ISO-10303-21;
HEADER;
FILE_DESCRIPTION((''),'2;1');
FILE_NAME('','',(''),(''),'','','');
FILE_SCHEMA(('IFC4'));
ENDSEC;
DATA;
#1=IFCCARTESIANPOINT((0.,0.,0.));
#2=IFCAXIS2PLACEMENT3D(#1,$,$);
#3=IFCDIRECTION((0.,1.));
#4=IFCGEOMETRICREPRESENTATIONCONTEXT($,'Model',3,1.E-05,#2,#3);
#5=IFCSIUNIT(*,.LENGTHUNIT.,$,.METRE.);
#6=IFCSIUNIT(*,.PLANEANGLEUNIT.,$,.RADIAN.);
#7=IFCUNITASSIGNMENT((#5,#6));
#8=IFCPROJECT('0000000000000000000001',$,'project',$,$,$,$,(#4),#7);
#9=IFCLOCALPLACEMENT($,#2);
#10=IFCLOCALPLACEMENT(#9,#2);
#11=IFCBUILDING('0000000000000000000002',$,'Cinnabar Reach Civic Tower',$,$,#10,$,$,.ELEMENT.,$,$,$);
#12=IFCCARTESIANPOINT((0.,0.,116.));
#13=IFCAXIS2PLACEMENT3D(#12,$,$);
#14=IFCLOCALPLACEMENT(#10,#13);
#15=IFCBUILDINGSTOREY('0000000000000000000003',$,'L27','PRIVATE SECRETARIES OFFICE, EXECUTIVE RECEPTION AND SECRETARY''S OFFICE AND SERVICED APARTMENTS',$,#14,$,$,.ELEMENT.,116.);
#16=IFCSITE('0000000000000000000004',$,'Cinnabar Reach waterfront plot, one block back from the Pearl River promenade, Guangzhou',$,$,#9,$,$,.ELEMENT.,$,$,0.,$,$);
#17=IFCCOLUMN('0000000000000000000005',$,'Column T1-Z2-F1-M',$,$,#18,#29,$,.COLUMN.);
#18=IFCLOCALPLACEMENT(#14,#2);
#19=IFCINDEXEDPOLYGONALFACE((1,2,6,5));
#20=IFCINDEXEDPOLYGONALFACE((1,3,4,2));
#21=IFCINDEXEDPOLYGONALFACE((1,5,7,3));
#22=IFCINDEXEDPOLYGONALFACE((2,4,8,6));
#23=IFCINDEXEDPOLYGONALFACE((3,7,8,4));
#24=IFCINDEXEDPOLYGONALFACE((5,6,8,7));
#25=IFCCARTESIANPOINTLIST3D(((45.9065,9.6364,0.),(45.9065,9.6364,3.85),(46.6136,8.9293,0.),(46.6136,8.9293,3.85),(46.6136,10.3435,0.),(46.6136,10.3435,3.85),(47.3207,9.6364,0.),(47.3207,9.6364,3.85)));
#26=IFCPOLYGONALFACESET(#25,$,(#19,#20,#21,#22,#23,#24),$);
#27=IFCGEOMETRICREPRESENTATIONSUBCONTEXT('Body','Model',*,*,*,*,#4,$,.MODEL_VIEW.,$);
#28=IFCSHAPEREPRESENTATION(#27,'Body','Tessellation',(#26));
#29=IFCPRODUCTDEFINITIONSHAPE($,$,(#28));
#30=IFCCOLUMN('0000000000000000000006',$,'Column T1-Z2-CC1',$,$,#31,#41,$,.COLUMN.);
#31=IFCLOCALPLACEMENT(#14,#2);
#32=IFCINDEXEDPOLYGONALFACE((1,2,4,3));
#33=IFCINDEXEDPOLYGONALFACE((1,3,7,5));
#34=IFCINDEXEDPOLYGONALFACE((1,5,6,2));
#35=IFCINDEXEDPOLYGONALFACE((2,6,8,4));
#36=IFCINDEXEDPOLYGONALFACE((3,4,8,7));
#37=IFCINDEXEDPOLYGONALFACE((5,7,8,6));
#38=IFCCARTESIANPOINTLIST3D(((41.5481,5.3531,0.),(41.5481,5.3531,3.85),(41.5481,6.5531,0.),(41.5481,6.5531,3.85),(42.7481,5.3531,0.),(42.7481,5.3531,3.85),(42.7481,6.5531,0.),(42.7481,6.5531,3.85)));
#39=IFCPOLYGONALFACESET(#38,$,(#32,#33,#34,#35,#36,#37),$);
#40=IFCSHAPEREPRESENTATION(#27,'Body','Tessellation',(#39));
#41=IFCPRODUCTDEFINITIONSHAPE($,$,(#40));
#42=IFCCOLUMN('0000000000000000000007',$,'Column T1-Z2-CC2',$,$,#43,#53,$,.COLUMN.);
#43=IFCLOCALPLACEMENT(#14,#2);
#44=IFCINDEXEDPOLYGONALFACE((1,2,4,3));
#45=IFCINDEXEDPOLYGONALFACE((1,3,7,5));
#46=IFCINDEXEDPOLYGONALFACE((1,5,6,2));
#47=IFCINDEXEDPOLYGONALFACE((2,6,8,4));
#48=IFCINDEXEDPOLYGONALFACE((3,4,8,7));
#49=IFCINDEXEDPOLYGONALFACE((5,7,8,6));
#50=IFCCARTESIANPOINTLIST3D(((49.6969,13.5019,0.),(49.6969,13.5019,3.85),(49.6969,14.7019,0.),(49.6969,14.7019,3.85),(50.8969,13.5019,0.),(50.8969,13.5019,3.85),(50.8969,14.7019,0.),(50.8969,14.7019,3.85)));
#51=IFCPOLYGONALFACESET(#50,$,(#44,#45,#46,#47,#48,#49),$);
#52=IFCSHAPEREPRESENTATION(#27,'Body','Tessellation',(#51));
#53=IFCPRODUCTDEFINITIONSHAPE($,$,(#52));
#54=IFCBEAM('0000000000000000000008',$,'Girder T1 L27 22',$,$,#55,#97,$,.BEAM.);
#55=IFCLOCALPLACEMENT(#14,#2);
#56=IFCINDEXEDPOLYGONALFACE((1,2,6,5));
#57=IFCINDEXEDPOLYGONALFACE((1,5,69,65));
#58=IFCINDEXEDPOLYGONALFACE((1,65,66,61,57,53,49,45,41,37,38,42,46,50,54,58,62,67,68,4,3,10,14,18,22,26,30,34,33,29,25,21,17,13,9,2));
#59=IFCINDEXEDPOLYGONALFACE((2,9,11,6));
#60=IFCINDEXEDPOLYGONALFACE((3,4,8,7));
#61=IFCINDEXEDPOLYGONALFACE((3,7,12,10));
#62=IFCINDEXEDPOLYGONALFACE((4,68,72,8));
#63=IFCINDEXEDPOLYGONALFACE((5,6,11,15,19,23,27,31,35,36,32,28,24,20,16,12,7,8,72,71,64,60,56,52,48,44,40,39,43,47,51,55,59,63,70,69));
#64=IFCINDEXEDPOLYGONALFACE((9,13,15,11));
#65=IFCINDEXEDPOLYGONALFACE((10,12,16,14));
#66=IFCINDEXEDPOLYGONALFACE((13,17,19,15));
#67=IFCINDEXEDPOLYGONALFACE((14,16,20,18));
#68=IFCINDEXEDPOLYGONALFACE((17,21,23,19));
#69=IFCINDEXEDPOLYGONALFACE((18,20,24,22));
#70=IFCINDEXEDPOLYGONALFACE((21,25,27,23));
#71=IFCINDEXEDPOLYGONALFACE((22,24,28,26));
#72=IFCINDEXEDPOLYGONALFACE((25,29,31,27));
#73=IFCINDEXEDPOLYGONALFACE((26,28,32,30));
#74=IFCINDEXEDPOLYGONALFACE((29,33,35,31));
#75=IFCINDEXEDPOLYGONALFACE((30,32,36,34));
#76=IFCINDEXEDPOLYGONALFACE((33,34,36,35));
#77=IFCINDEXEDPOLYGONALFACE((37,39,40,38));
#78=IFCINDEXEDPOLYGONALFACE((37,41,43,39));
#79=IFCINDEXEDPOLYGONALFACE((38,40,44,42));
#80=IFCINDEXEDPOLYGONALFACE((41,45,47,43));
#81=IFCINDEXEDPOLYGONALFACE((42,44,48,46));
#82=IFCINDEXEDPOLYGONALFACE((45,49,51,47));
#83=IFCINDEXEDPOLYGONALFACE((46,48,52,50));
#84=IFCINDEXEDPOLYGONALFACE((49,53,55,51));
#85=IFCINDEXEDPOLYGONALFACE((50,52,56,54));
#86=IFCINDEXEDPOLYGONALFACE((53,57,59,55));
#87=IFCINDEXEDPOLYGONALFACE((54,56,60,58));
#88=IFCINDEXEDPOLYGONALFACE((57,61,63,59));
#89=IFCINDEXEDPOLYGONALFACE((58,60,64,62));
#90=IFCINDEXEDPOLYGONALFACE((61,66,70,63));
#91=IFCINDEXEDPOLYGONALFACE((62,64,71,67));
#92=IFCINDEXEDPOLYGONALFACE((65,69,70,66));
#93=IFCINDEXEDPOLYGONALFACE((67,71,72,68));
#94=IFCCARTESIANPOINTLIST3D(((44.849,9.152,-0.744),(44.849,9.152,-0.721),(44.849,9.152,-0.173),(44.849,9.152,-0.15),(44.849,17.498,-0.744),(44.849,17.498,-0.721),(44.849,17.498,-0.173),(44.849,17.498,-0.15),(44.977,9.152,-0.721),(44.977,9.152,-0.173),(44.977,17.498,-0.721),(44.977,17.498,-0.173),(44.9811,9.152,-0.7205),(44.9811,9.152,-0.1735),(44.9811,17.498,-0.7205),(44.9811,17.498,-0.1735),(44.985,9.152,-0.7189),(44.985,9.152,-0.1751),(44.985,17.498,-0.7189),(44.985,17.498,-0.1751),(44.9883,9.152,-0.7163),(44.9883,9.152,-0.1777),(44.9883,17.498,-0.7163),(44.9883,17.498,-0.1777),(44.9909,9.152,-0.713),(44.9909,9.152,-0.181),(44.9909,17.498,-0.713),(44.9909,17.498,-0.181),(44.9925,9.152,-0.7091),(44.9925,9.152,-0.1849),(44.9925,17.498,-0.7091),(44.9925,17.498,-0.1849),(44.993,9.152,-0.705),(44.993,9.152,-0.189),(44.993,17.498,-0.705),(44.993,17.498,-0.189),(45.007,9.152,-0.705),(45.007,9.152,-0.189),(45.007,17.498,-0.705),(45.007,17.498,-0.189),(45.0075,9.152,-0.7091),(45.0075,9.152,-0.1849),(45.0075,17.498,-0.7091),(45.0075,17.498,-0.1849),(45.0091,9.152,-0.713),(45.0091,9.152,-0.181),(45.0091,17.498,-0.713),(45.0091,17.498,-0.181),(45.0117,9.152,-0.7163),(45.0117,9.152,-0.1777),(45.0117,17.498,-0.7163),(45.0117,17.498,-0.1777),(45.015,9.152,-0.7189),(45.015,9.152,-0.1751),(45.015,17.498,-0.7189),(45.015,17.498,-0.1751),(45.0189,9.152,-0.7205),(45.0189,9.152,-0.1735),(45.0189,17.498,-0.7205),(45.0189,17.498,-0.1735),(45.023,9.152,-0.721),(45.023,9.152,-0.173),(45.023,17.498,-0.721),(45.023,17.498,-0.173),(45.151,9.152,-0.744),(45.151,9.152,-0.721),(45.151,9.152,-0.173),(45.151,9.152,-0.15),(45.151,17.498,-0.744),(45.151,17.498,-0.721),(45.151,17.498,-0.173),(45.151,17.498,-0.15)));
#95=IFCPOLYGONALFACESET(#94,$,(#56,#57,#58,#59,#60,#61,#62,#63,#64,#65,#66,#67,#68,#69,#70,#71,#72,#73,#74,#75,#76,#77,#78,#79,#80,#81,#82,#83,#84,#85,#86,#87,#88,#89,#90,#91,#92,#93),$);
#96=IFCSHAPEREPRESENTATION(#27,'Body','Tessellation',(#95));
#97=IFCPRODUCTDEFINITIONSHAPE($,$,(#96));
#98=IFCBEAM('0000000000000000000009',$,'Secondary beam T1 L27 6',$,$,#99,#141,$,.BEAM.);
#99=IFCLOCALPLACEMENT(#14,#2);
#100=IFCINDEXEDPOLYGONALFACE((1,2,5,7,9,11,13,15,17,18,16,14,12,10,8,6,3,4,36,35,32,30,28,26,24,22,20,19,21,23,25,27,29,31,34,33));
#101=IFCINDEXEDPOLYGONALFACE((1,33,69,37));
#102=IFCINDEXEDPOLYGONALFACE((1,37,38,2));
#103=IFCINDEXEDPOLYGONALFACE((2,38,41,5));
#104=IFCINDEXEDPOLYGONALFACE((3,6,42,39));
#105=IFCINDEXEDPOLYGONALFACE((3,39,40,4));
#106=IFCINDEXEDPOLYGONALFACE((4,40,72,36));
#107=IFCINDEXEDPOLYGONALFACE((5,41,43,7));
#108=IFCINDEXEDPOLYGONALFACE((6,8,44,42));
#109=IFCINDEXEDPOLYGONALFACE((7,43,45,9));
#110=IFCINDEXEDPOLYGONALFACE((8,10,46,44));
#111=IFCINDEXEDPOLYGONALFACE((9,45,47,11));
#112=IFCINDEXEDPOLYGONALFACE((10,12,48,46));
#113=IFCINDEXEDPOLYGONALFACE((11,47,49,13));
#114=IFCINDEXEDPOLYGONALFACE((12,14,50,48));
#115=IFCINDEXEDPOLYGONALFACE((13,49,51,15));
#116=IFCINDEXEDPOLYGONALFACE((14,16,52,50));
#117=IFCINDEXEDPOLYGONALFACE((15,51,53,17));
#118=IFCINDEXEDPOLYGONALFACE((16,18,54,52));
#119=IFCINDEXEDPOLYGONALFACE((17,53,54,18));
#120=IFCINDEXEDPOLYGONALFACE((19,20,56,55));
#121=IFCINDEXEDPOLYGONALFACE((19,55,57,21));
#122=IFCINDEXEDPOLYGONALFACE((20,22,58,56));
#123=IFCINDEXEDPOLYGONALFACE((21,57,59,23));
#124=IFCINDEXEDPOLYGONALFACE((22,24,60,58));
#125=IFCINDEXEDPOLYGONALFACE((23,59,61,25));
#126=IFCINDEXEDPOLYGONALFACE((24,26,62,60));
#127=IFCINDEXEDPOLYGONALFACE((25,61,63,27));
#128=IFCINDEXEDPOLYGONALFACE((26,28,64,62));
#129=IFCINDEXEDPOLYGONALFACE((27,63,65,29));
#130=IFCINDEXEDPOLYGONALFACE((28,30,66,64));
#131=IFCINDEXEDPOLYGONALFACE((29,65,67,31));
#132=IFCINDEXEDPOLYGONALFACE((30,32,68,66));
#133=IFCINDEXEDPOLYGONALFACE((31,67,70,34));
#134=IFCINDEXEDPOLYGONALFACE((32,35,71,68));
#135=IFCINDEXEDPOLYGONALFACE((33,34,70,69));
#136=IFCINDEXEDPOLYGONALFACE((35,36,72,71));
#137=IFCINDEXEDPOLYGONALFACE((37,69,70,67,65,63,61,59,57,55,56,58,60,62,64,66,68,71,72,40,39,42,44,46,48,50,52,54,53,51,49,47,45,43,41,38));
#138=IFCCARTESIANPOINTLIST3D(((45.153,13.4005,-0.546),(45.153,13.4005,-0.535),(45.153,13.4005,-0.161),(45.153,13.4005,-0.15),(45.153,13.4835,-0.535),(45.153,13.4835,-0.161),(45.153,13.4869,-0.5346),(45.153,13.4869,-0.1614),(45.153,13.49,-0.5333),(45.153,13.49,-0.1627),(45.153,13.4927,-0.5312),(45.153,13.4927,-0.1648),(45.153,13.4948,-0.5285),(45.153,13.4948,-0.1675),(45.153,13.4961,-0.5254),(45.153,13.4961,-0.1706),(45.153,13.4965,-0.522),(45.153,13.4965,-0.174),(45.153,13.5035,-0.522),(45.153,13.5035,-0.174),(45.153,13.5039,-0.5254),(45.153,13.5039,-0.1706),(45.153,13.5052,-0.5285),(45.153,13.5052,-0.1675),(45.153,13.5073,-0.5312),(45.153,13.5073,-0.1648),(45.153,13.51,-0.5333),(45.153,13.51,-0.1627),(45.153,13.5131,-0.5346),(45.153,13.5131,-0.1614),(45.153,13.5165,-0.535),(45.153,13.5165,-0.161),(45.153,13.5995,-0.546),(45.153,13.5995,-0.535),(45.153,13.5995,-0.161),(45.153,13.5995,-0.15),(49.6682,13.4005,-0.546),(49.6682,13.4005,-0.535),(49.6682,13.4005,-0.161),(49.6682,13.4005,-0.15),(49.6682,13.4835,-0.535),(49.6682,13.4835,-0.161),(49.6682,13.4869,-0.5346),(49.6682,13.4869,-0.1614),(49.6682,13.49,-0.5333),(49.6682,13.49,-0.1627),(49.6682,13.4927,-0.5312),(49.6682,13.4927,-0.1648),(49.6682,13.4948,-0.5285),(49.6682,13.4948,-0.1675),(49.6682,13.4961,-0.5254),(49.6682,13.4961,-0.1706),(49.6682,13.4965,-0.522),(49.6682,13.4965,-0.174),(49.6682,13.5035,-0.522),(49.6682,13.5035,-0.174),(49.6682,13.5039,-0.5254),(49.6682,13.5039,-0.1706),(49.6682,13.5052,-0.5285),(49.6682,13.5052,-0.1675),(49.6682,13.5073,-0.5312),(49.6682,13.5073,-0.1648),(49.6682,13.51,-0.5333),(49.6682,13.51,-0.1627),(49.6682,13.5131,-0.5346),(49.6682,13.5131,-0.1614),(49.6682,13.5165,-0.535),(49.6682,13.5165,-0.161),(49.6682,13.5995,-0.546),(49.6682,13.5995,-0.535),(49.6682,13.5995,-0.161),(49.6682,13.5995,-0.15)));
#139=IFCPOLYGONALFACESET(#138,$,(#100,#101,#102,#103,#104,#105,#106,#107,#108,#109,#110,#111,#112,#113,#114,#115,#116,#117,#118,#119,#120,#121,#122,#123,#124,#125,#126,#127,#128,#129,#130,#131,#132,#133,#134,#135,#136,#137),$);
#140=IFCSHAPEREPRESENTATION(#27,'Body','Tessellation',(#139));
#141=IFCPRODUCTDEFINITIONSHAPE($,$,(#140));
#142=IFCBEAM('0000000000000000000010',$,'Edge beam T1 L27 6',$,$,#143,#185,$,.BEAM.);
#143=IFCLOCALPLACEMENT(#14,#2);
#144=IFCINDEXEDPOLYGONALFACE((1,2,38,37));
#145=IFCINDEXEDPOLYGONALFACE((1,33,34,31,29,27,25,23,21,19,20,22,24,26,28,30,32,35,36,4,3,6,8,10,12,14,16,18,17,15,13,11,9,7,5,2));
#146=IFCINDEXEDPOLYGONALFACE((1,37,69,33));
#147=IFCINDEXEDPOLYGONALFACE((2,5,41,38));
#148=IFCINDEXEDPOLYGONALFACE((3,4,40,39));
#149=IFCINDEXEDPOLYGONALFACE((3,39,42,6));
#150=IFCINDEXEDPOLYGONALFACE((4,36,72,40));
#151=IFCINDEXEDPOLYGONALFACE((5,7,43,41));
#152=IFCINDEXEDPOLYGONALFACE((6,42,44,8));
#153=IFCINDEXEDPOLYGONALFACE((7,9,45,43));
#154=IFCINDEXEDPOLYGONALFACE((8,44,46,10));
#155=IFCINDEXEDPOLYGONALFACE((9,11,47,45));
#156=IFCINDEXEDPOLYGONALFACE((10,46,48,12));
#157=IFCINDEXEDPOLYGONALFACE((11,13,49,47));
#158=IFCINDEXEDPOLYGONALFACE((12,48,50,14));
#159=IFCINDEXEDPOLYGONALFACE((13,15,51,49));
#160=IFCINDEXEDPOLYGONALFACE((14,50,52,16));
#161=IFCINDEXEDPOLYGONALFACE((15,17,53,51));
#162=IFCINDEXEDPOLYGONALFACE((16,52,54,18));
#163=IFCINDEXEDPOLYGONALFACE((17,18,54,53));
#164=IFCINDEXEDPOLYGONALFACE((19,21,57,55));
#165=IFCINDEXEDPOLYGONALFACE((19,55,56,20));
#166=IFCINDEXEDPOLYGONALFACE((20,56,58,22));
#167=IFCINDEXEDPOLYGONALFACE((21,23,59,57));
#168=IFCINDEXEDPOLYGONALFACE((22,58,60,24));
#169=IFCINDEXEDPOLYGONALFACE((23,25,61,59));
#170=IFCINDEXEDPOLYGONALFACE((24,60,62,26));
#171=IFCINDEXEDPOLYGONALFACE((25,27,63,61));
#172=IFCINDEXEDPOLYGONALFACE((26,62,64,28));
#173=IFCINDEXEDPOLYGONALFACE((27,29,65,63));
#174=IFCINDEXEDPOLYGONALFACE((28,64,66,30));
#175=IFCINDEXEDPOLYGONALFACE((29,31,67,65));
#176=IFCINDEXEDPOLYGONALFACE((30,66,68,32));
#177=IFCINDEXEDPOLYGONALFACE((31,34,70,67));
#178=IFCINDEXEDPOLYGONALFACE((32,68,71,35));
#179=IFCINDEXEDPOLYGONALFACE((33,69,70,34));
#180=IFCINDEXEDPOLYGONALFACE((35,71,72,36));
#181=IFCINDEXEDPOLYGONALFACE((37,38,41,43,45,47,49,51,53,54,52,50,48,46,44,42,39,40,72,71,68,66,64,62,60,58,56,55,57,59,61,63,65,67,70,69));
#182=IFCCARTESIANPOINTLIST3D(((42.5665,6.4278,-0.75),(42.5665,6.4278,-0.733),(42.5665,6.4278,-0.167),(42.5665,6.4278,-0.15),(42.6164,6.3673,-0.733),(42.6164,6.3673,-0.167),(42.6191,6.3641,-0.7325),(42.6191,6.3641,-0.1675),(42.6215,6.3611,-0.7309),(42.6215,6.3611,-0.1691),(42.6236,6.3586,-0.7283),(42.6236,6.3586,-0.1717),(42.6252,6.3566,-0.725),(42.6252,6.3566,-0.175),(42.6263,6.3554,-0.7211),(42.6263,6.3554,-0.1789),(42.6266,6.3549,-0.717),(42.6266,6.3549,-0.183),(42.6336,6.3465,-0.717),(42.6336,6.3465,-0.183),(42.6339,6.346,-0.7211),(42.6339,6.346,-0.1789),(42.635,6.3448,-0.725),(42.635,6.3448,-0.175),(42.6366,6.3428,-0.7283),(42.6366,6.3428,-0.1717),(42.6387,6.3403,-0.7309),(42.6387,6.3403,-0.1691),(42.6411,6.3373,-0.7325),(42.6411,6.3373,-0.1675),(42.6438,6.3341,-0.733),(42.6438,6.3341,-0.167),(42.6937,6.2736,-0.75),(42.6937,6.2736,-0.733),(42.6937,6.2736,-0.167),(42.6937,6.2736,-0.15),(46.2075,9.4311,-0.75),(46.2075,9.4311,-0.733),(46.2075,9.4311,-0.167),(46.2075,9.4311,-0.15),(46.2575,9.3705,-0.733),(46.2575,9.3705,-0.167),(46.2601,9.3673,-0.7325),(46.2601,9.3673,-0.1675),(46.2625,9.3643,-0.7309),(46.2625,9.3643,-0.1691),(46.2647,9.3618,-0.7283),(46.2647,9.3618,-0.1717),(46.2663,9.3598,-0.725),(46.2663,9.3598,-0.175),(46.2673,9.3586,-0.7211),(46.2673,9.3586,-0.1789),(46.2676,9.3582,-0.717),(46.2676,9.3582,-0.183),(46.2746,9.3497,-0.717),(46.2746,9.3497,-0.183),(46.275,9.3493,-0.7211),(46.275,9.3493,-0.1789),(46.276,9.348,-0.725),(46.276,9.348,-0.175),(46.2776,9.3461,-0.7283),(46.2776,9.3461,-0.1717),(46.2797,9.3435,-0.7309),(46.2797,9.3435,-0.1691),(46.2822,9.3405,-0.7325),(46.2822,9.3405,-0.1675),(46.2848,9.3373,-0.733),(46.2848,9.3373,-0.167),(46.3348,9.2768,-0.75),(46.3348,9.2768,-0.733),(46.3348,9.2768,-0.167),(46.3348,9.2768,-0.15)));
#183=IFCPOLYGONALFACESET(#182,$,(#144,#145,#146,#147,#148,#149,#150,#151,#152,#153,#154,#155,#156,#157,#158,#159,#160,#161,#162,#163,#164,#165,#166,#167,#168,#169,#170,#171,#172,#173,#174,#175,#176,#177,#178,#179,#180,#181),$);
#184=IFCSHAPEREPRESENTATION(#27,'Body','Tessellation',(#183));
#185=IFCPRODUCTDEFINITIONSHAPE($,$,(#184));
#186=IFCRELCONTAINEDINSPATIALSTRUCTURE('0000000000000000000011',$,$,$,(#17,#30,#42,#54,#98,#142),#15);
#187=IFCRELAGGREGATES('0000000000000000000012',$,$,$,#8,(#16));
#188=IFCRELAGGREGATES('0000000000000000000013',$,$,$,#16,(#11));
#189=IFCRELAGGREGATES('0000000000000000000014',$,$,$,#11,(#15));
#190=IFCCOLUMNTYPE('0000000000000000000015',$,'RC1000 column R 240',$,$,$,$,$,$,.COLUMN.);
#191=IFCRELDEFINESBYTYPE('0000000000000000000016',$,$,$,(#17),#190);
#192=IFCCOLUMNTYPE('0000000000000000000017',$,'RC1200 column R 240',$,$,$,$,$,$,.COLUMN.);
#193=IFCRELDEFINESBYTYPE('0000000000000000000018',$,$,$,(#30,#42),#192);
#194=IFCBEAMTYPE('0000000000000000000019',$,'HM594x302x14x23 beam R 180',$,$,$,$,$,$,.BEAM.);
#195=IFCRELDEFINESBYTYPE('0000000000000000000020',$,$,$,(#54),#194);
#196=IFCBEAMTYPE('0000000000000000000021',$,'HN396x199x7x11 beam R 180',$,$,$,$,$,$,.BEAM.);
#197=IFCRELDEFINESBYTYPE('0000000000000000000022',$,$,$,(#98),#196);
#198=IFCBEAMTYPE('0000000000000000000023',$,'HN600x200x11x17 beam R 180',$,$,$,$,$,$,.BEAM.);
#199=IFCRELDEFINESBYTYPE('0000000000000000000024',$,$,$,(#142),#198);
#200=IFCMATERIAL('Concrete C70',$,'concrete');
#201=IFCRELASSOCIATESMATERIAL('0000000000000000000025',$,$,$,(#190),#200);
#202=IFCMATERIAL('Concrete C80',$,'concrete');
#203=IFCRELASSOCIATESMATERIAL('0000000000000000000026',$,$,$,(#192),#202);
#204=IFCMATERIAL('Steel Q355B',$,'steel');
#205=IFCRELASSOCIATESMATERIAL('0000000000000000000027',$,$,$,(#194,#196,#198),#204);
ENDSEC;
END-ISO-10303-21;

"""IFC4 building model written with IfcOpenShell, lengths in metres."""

from ifc_helpers import new_model, si_unit, direction, frame, origin, origin_2d, place, context, subcontext, project, spatial, rectangle, i_section, extrude, material, material_profile, profile_set, type_object, element, save


model = new_model("IFC4")

# Units and contexts
model_context = context("Model", 3, precision=1e-05, world=origin(), true_north=direction((0.0, 1.0)))
body_context = subcontext(model_context, "Body", "Model", "MODEL_VIEW")
ifc_project = project(units=[si_unit("LENGTHUNIT", "METRE"), si_unit("PLANEANGLEUNIT", "RADIAN")], contexts=[model_context])

# Site, building, storey
site_placement = place(None, origin())
site = spatial("IfcSite", under=ifc_project, at=site_placement, Name="Cinnabar Reach waterfront plot, one block back from the Pearl River promenade, Guangzhou", CompositionType="ELEMENT", RefElevation=0.0)
building_placement = place(site_placement, origin())
building = spatial("IfcBuilding", under=site, at=building_placement, Name="Cinnabar Reach Civic Tower", CompositionType="ELEMENT")
storey_placement = place(building_placement, frame((0.0, 0.0, 116.0)))
storey = spatial("IfcBuildingStorey", under=building, at=storey_placement, Name="L27", Description="PRIVATE SECRETARIES OFFICE, EXECUTIVE RECEPTION AND SECRETARY'S OFFICE AND SERVICED APARTMENTS", CompositionType="ELEMENT", Elevation=116.0)

# Columns
ifc_material_1 = material(Name="Concrete C70", Category="concrete")
ifc_material_profile_1 = material_profile(ifc_material_1, rectangle(XDim=1.0, YDim=1.0, at=origin_2d()), Name="RC1000")
ifc_profile_set_1 = profile_set([ifc_material_profile_1], Name="Concrete C70")
column_type_1 = type_object("IfcColumnType", Name="RC1000 column R 240", PredefinedType="COLUMN", material=ifc_profile_set_1)
column_placement = place(storey_placement, frame((46.6136, 9.6364, 0.0), z_axis=(0.0, 0.0, 1.0), x_axis=(0.707107, 0.707107, 0.0)))
element("IfcColumn", 1, at=column_placement, inside=storey, type_object=column_type_1, Name="Column T1-Z2-F1-M", PredefinedType="COLUMN", context=body_context, shape_type="SweptSolid", body=[
    extrude(rectangle(XDim=1.0, YDim=1.0, at=origin_2d()), origin(), (0.0, 0.0, 1.0), 3.85),
])
ifc_material_2 = material(Name="Concrete C80", Category="concrete")
ifc_material_profile_2 = material_profile(ifc_material_2, rectangle(XDim=1.2, YDim=1.2, at=origin_2d()), Name="RC1200")
ifc_profile_set_2 = profile_set([ifc_material_profile_2], Name="Concrete C80")
column_type_2 = type_object("IfcColumnType", Name="RC1200 column R 240", PredefinedType="COLUMN", material=ifc_profile_set_2)
for number, where, z_axis, x_axis, name in (
    (2, (42.1481, 5.9531, 0.0), (0.0, 0.0, 1.0), (1.0, 0.0, 0.0), "Column T1-Z2-CC1"),
    (3, (50.2969, 14.1019, 0.0), (0.0, 0.0, 1.0), (1.0, 0.0, 0.0), "Column T1-Z2-CC2"),
):
    element("IfcColumn", number, at=place(storey_placement, frame(where, z_axis=z_axis, x_axis=x_axis)), inside=storey, type_object=column_type_2, Name=name, PredefinedType="COLUMN", context=body_context, shape_type="SweptSolid", body=[
        extrude(rectangle(XDim=1.2, YDim=1.2, at=origin_2d()), origin(), (0.0, 0.0, 1.0), 3.85),
    ])

# Beams
ifc_material_3 = material(Name="Steel Q355B", Category="steel")
ifc_material_profile_3 = material_profile(ifc_material_3, i_section(OverallWidth=0.302, OverallDepth=0.594, WebThickness=0.014, FlangeThickness=0.023, FilletRadius=0.016, at=origin_2d()), Name="HM594x302x14x23")
ifc_profile_set_3 = profile_set([ifc_material_profile_3], Name="Steel Q355B")
beam_type_1 = type_object("IfcBeamType", Name="HM594x302x14x23 beam R 180", PredefinedType="BEAM", material=ifc_profile_set_3)
beam_1_placement = place(storey_placement, frame((45.0, 9.152, -0.447), z_axis=(0.0, 1.0, 0.0), x_axis=(-1.0, 0.0, 0.0)))
element("IfcBeam", 4, at=beam_1_placement, inside=storey, type_object=beam_type_1, Name="Girder T1 L27 22", PredefinedType="BEAM", context=body_context, shape_type="SweptSolid", body=[
    extrude(i_section(OverallWidth=0.302, OverallDepth=0.594, WebThickness=0.014, FlangeThickness=0.023, FilletRadius=0.016, at=origin_2d()), origin(), (0.0, 0.0, 1.0), 8.346),
])
ifc_material_profile_4 = material_profile(ifc_material_3, i_section(OverallWidth=0.199, OverallDepth=0.396, WebThickness=0.007, FlangeThickness=0.011, FilletRadius=0.013, at=origin_2d()), Name="HN396x199x7x11")
ifc_profile_set_4 = profile_set([ifc_material_profile_4], Name="Steel Q355B")
beam_type_2 = type_object("IfcBeamType", Name="HN396x199x7x11 beam R 180", PredefinedType="BEAM", material=ifc_profile_set_4)
beam_2_placement = place(storey_placement, frame((45.153, 13.5, -0.348), z_axis=(1.0, 0.0, 0.0), x_axis=(0.0, 1.0, 0.0)))
element("IfcBeam", 5, at=beam_2_placement, inside=storey, type_object=beam_type_2, Name="Secondary beam T1 L27 6", PredefinedType="BEAM", context=body_context, shape_type="SweptSolid", body=[
    extrude(i_section(OverallWidth=0.199, OverallDepth=0.396, WebThickness=0.007, FlangeThickness=0.011, FilletRadius=0.013, at=origin_2d()), origin(), (0.0, 0.0, 1.0), 4.5152),
])
ifc_material_profile_5 = material_profile(ifc_material_3, i_section(OverallWidth=0.2, OverallDepth=0.6, WebThickness=0.011, FlangeThickness=0.017, FilletRadius=0.016, at=origin_2d()), Name="HN600x200x11x17")
ifc_profile_set_5 = profile_set([ifc_material_profile_5], Name="Steel Q355B")
beam_type_3 = type_object("IfcBeamType", Name="HN600x200x11x17 beam R 180", PredefinedType="BEAM", material=ifc_profile_set_5)
for number, where, z_axis, x_axis, name in (
    (6, (42.6301, 6.3507, -0.45), (0.771438, 0.636304, 0.0), (-0.636304, 0.771438, 0.0), "Edge beam T1 L27 6"),
):
    element("IfcBeam", number, at=place(storey_placement, frame(where, z_axis=z_axis, x_axis=x_axis)), inside=storey, type_object=beam_type_3, Name=name, PredefinedType="BEAM", context=body_context, shape_type="SweptSolid", body=[
        extrude(i_section(OverallWidth=0.2, OverallDepth=0.6, WebThickness=0.011, FlangeThickness=0.017, FilletRadius=0.016, at=origin_2d()), origin(), (0.0, 0.0, 1.0), 4.7198),
    ])

save(model, "model.ifc")
